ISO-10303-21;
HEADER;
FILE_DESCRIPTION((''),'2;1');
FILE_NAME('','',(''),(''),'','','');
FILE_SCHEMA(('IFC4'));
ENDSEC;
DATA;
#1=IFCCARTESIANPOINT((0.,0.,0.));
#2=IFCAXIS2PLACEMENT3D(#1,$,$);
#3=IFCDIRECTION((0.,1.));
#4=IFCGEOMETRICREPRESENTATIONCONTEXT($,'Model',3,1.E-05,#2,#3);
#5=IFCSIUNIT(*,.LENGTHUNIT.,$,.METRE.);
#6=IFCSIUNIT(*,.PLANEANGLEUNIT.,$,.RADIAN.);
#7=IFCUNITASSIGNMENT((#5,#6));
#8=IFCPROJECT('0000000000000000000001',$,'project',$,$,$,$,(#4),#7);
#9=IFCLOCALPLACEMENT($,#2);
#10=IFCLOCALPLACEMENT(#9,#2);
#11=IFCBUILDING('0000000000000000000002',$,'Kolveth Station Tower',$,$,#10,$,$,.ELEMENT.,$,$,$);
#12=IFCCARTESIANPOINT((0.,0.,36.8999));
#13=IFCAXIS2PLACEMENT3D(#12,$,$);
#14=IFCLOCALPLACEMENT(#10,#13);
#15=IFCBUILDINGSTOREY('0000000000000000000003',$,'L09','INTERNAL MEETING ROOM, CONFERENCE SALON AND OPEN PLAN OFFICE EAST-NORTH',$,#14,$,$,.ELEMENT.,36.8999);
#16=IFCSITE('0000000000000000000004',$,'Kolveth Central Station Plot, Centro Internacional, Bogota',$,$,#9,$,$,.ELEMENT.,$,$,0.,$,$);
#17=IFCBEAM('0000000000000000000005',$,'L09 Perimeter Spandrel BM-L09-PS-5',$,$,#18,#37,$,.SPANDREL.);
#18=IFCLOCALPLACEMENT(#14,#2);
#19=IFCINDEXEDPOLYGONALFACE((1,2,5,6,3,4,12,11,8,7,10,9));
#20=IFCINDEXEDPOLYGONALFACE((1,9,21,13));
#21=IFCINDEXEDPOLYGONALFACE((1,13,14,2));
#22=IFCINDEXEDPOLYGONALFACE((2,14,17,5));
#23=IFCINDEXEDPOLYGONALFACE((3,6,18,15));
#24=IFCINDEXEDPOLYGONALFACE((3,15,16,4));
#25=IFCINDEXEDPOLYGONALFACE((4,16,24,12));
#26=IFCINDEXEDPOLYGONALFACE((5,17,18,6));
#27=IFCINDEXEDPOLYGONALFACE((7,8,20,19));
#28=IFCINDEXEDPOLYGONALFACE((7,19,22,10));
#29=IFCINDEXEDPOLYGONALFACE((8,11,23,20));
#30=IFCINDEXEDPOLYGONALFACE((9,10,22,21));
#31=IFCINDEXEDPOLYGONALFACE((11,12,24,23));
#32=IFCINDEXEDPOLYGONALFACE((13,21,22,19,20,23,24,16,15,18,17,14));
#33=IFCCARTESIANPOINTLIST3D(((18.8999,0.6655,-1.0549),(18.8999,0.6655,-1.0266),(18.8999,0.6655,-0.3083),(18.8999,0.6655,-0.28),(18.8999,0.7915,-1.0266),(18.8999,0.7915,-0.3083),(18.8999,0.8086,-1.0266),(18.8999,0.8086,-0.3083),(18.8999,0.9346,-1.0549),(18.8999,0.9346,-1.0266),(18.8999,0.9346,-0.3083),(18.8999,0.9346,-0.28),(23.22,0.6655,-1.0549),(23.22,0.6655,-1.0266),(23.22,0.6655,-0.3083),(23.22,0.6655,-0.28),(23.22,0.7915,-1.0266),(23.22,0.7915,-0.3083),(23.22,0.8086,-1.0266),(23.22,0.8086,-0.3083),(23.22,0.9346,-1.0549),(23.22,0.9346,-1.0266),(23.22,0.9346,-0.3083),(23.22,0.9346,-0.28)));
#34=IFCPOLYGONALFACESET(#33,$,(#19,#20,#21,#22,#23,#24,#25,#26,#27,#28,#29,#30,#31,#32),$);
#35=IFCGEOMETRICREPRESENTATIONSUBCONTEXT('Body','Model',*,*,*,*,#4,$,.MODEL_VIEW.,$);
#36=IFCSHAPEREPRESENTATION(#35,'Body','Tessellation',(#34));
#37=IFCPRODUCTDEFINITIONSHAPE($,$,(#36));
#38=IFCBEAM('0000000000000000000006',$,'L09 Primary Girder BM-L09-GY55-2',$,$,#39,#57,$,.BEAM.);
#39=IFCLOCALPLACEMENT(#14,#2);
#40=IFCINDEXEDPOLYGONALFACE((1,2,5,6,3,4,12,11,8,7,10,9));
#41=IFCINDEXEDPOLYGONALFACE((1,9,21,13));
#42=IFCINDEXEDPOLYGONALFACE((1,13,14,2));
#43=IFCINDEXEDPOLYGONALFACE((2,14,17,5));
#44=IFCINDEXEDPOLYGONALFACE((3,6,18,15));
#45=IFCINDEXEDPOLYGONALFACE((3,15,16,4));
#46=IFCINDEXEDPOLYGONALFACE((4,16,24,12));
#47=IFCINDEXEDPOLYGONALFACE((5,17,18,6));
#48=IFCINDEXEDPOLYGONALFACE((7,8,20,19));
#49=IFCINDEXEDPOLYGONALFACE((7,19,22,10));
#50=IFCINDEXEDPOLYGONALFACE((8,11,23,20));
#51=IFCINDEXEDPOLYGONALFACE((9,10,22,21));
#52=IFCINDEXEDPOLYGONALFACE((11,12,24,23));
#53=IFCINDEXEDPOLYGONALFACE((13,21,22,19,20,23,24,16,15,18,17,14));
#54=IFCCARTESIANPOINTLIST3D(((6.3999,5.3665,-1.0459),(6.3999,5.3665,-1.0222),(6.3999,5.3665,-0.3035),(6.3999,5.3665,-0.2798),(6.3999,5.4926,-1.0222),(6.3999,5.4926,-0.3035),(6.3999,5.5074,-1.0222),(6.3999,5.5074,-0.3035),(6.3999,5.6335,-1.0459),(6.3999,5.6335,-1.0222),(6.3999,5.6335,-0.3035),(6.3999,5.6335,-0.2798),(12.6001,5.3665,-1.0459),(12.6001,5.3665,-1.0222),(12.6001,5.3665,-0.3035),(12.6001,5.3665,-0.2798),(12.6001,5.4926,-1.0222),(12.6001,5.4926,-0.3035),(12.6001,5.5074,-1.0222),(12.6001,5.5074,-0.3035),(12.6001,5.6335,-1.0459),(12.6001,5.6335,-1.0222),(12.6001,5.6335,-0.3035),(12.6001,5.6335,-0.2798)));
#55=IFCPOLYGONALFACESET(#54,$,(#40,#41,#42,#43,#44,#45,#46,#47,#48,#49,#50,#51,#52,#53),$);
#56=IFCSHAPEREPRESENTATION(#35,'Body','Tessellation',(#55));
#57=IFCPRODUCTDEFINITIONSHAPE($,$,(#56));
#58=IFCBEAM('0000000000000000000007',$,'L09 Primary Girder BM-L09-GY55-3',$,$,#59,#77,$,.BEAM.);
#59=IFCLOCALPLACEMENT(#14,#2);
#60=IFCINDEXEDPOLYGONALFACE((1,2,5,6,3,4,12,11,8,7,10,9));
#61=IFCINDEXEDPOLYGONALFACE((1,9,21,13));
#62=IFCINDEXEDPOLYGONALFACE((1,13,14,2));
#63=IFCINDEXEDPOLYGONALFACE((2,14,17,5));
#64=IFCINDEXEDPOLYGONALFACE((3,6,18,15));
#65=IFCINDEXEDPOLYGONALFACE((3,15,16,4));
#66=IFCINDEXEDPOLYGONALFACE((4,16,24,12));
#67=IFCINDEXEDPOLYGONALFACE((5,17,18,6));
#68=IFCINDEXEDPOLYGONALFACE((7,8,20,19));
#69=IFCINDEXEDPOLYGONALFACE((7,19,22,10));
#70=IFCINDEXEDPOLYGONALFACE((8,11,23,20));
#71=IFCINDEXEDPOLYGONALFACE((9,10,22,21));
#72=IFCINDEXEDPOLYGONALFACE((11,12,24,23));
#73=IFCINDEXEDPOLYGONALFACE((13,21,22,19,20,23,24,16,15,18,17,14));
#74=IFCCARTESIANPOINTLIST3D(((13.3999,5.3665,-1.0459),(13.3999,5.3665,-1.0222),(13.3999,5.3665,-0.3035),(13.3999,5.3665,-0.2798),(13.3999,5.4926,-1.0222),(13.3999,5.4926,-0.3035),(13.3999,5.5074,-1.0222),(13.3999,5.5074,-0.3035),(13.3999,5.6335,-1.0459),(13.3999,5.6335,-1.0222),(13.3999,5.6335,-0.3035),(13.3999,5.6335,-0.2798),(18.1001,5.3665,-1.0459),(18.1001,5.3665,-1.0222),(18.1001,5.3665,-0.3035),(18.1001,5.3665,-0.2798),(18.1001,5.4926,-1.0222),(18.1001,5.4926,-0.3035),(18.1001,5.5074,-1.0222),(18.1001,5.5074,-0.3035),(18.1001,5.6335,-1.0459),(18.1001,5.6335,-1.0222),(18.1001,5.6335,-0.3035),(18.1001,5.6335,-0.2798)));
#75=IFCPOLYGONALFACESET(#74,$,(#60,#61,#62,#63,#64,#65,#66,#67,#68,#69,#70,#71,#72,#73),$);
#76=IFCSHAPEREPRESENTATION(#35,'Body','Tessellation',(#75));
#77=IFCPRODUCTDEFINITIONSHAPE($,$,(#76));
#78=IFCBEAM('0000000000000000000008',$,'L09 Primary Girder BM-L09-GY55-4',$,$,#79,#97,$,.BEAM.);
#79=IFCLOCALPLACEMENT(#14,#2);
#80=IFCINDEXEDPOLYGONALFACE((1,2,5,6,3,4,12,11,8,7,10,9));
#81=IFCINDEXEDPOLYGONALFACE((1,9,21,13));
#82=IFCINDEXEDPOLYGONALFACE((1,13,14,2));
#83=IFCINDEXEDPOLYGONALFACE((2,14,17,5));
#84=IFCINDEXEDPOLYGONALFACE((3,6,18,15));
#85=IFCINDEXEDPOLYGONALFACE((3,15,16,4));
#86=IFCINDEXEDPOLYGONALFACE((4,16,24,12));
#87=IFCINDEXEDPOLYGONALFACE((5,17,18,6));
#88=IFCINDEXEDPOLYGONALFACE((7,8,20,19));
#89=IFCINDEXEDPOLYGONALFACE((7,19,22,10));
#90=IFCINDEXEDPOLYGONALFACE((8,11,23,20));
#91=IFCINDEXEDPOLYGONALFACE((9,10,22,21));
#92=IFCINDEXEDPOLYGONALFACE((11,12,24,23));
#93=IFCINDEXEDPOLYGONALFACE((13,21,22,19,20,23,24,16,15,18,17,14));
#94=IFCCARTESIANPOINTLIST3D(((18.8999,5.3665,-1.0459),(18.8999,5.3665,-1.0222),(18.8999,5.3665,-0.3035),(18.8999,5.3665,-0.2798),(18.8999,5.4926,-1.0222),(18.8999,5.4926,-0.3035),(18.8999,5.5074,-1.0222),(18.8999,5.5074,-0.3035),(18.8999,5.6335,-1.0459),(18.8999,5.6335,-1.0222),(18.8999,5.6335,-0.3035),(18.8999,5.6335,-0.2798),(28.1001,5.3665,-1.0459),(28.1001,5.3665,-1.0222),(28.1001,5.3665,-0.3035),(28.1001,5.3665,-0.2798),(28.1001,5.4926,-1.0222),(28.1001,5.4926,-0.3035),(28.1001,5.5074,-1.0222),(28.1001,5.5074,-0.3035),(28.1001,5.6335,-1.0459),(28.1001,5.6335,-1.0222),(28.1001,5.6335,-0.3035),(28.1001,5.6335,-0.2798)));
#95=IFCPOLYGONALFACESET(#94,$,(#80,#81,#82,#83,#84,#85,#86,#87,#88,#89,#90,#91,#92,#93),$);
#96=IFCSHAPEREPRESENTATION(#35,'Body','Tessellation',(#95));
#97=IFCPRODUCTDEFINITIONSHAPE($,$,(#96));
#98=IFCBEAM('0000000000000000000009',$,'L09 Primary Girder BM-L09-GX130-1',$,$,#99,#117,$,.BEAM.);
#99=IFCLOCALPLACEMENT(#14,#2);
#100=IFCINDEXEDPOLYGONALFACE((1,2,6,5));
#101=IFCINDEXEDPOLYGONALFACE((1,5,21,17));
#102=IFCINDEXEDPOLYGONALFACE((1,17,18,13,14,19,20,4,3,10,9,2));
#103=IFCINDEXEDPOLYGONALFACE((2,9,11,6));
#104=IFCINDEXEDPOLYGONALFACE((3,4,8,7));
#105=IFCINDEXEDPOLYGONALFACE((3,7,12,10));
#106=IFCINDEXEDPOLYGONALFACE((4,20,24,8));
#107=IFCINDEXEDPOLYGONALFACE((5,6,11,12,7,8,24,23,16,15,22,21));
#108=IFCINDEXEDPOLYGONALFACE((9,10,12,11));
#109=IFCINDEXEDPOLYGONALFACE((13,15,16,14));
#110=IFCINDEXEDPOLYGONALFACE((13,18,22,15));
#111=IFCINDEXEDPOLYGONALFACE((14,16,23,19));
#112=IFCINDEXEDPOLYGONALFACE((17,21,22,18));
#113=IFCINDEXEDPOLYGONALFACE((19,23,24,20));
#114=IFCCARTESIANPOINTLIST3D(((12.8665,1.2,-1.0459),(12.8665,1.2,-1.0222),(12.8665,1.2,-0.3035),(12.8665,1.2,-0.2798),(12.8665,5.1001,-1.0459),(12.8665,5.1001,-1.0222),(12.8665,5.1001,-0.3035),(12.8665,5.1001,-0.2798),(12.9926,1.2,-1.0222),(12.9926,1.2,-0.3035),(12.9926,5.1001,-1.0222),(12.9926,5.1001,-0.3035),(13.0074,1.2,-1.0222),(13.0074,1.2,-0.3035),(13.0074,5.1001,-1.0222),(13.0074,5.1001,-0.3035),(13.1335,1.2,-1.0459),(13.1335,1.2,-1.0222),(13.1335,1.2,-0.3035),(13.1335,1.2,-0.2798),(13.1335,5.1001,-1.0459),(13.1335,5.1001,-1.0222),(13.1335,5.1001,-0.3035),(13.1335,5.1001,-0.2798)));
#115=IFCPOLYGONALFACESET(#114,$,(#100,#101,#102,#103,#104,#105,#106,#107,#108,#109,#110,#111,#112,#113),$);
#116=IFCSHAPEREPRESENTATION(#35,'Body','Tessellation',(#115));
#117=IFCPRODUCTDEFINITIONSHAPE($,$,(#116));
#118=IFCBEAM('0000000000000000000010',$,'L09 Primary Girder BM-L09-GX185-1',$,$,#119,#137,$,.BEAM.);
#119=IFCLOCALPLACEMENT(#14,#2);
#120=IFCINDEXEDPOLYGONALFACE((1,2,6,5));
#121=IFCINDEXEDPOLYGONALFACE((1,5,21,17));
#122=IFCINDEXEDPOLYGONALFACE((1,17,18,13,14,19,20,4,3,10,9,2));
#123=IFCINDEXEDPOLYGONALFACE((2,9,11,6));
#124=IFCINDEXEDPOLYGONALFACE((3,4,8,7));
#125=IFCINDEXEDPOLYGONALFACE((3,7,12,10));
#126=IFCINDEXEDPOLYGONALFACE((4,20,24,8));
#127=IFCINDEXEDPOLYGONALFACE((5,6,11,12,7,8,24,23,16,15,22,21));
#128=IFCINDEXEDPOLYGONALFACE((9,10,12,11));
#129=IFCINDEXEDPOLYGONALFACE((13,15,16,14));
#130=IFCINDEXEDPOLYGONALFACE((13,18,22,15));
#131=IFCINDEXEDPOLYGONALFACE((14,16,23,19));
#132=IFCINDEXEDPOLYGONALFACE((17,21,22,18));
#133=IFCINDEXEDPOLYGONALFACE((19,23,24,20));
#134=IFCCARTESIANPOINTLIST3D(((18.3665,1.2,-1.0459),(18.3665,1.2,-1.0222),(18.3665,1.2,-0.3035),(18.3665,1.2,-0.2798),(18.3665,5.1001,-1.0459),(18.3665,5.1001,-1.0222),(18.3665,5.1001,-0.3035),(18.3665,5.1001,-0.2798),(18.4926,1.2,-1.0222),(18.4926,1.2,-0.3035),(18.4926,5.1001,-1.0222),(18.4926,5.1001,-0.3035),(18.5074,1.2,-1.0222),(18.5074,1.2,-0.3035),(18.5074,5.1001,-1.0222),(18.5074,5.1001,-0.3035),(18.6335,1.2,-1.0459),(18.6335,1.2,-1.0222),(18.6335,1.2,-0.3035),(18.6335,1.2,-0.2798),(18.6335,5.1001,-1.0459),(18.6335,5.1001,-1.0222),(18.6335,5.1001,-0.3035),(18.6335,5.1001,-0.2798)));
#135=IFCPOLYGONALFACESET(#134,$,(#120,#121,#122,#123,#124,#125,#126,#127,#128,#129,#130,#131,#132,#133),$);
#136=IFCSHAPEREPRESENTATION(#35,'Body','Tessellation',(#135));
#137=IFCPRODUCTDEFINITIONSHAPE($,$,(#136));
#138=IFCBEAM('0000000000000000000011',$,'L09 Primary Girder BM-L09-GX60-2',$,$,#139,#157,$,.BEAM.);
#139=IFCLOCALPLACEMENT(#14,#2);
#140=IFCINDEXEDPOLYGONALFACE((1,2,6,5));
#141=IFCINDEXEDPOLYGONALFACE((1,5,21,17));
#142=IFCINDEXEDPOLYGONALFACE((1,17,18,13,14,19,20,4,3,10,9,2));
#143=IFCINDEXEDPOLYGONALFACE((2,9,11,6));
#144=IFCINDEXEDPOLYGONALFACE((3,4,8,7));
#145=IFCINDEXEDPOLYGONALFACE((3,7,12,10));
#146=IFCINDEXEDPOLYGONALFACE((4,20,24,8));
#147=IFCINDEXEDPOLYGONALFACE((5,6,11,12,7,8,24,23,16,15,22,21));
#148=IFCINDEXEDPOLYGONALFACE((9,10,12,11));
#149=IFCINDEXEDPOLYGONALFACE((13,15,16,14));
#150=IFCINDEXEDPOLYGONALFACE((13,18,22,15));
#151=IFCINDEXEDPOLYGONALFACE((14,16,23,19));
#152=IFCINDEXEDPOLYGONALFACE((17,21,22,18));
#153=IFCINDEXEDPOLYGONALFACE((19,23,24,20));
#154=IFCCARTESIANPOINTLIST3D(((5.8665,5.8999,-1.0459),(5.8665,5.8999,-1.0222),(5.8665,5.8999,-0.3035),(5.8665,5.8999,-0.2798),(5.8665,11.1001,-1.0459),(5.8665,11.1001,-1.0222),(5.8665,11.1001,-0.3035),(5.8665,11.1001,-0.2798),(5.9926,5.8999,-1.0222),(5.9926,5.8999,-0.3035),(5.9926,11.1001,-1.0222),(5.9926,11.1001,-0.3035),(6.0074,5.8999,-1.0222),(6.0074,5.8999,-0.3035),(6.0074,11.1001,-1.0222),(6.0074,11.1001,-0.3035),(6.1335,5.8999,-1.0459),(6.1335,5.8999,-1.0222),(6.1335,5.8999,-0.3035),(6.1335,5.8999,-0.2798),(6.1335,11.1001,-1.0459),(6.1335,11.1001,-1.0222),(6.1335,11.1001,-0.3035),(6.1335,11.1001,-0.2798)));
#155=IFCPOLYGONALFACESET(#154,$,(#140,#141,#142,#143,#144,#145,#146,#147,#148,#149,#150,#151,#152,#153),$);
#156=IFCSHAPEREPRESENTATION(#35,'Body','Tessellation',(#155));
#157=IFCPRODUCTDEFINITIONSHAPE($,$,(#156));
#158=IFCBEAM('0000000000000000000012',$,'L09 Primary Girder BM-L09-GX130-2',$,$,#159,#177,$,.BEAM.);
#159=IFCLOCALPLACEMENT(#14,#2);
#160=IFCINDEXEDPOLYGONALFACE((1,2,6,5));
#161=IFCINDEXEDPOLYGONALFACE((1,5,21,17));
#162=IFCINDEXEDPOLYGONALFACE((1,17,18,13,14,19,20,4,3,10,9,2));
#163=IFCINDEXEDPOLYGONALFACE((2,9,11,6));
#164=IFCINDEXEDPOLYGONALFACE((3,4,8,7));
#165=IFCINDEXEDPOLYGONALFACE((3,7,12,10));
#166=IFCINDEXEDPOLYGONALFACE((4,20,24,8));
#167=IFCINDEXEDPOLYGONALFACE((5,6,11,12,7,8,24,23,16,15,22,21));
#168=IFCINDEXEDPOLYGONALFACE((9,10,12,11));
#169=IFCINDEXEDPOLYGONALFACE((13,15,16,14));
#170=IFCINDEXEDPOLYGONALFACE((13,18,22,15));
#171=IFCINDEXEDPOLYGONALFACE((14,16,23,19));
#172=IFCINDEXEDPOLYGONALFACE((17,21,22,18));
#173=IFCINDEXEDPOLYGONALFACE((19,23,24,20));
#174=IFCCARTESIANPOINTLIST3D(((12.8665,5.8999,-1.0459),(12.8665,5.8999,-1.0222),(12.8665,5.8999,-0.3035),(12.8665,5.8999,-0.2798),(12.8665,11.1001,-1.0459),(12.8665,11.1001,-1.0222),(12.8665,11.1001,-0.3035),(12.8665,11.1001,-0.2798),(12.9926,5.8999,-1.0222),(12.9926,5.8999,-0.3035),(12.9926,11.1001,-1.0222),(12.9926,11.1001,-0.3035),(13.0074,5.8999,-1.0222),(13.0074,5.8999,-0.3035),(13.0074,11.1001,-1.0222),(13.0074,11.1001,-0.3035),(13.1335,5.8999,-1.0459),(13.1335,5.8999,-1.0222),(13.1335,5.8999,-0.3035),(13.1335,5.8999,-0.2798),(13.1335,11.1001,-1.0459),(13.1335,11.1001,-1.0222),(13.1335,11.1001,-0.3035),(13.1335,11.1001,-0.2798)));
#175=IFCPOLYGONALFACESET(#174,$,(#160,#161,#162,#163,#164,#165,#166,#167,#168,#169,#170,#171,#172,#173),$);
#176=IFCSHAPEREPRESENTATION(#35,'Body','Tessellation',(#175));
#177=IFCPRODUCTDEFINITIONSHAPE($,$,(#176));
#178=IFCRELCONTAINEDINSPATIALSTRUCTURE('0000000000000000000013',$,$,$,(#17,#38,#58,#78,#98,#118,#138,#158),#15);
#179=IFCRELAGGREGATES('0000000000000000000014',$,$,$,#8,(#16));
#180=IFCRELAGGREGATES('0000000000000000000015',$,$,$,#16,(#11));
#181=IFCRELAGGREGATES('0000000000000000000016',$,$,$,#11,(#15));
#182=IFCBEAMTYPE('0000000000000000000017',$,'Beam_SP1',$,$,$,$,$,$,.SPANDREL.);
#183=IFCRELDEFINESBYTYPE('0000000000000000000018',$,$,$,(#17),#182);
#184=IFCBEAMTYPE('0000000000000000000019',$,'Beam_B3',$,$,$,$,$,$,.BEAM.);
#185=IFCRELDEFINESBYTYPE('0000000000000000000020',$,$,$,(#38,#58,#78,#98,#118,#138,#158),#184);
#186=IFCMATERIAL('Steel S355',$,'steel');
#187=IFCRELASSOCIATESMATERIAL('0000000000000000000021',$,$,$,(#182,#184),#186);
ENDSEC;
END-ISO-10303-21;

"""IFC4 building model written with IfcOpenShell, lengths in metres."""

from ifc_helpers import new_model, si_unit, direction, frame, origin, origin_2d, place, context, subcontext, project, spatial, i_section, extrude, source, transform, mapped, material, material_profile, profile_set, type_object, element, save


model = new_model("IFC4")

# Units and contexts
model_context = context("Model", 3, precision=1e-05, world=origin(), true_north=direction((0.0, 1.0)))
body_context = subcontext(model_context, "Body", "Model", "MODEL_VIEW")
ifc_project = project(units=[si_unit("LENGTHUNIT", "METRE"), si_unit("PLANEANGLEUNIT", "RADIAN")], contexts=[model_context])

# Site, building, storey
site_placement = place(None, origin())
site = spatial("IfcSite", under=ifc_project, at=site_placement, Name="Kolveth Central Station Plot, Centro Internacional, Bogota", CompositionType="ELEMENT", RefElevation=0.0)
building_placement = place(site_placement, origin())
building = spatial("IfcBuilding", under=site, at=building_placement, Name="Kolveth Station Tower", CompositionType="ELEMENT")
storey_placement = place(building_placement, frame((0.0, 0.0, 36.8999)))
storey = spatial("IfcBuildingStorey", under=building, at=storey_placement, Name="L09", Description="INTERNAL MEETING ROOM, CONFERENCE SALON AND OPEN PLAN OFFICE EAST-NORTH", CompositionType="ELEMENT", Elevation=36.8999)

# Shared definitions
ifc_material_1 = material(Name="Steel S355", Category="steel")

# Beams
ifc_material_profile_1 = material_profile(ifc_material_1, i_section(OverallWidth=0.269, OverallDepth=0.7749, WebThickness=0.0171, FlangeThickness=0.0283, at=origin_2d()), Name="W760x220")
ifc_profile_set_1 = profile_set([ifc_material_profile_1], Name="Steel S355")
beam_type_1 = type_object("IfcBeamType", Name="Beam_SP1", PredefinedType="SPANDREL", material=ifc_profile_set_1)
shared_shape_1 = source(origin(), body_context, "Body", "SweptSolid", [
    extrude(i_section(OverallWidth=0.269, OverallDepth=0.7749, WebThickness=0.0171, FlangeThickness=0.0283, at=origin_2d()), origin(), (0.0, 0.0, 1.0), 4.3201),
])
beam_1_placement = place(storey_placement, frame((18.8999, 0.8, -0.6675), z_axis=(1.0, 0.0, 0.0), x_axis=(0.0, 1.0, 0.0)))
element("IfcBeam", 1, at=beam_1_placement, inside=storey, type_object=beam_type_1, Name="L09 Perimeter Spandrel BM-L09-PS-5", PredefinedType="SPANDREL", context=body_context, shape_type="MappedRepresentation", body=[
    mapped(shared_shape_1, transform((0.0, 0.0, 0.0), x_axis=(1.0, 0.0, 0.0), y_axis=(0.0, 1.0, 0.0), z_axis=(0.0, 0.0, 1.0), scale=1.0)),
])
ifc_material_profile_2 = material_profile(ifc_material_1, i_section(OverallWidth=0.2671, OverallDepth=0.7661, WebThickness=0.0149, FlangeThickness=0.0237, at=origin_2d()), Name="W760x185")
ifc_profile_set_2 = profile_set([ifc_material_profile_2], Name="Steel S355")
beam_type_2 = type_object("IfcBeamType", Name="Beam_B3", PredefinedType="BEAM", material=ifc_profile_set_2)
shared_shape_2 = source(origin(), body_context, "Body", "SweptSolid", [
    extrude(i_section(OverallWidth=0.2671, OverallDepth=0.7661, WebThickness=0.0149, FlangeThickness=0.0237, at=origin_2d()), origin(), (0.0, 0.0, 1.0), 6.2002),
])
beam_2_placement = place(storey_placement, frame((6.3999, 5.5, -0.6628), z_axis=(1.0, 0.0, 0.0), x_axis=(0.0, 1.0, 0.0)))
element("IfcBeam", 2, at=beam_2_placement, inside=storey, type_object=beam_type_2, Name="L09 Primary Girder BM-L09-GY55-2", PredefinedType="BEAM", context=body_context, shape_type="MappedRepresentation", body=[
    mapped(shared_shape_2, transform((0.0, 0.0, 0.0), x_axis=(1.0, 0.0, 0.0), y_axis=(0.0, 1.0, 0.0), z_axis=(0.0, 0.0, 1.0), scale=1.0)),
])
shared_shape_3 = source(origin(), body_context, "Body", "SweptSolid", [
    extrude(i_section(OverallWidth=0.2671, OverallDepth=0.7661, WebThickness=0.0149, FlangeThickness=0.0237, at=origin_2d()), origin(), (0.0, 0.0, 1.0), 4.7002),
])
beam_3_placement = place(storey_placement, frame((13.3999, 5.5, -0.6628), z_axis=(1.0, 0.0, 0.0), x_axis=(0.0, 1.0, 0.0)))
element("IfcBeam", 3, at=beam_3_placement, inside=storey, type_object=beam_type_2, Name="L09 Primary Girder BM-L09-GY55-3", PredefinedType="BEAM", context=body_context, shape_type="MappedRepresentation", body=[
    mapped(shared_shape_3, transform((0.0, 0.0, 0.0), x_axis=(1.0, 0.0, 0.0), y_axis=(0.0, 1.0, 0.0), z_axis=(0.0, 0.0, 1.0), scale=1.0)),
])
shared_shape_4 = source(origin(), body_context, "Body", "SweptSolid", [
    extrude(i_section(OverallWidth=0.2671, OverallDepth=0.7661, WebThickness=0.0149, FlangeThickness=0.0237, at=origin_2d()), origin(), (0.0, 0.0, 1.0), 9.2002),
])
beam_4_placement = place(storey_placement, frame((18.8999, 5.5, -0.6628), z_axis=(1.0, 0.0, 0.0), x_axis=(0.0, 1.0, 0.0)))
element("IfcBeam", 4, at=beam_4_placement, inside=storey, type_object=beam_type_2, Name="L09 Primary Girder BM-L09-GY55-4", PredefinedType="BEAM", context=body_context, shape_type="MappedRepresentation", body=[
    mapped(shared_shape_4, transform((0.0, 0.0, 0.0), x_axis=(1.0, 0.0, 0.0), y_axis=(0.0, 1.0, 0.0), z_axis=(0.0, 0.0, 1.0), scale=1.0)),
])
shared_shape_5 = source(origin(), body_context, "Body", "SweptSolid", [
    extrude(i_section(OverallWidth=0.2671, OverallDepth=0.7661, WebThickness=0.0149, FlangeThickness=0.0237, at=origin_2d()), origin(), (0.0, 0.0, 1.0), 3.9001),
])
for number, where, z_axis, x_axis, name in (
    (5, (13.0, 1.2, -0.6628), (0.0, 1.0, 0.0), (-1.0, 0.0, 0.0), "L09 Primary Girder BM-L09-GX130-1"),
    (6, (18.5, 1.2, -0.6628), (0.0, 1.0, 0.0), (-1.0, 0.0, 0.0), "L09 Primary Girder BM-L09-GX185-1"),
):
    element("IfcBeam", number, at=place(storey_placement, frame(where, z_axis=z_axis, x_axis=x_axis)), inside=storey, type_object=beam_type_2, Name=name, PredefinedType="BEAM", context=body_context, shape_type="MappedRepresentation", body=[
        mapped(shared_shape_5, transform((0.0, 0.0, 0.0), x_axis=(1.0, 0.0, 0.0), y_axis=(0.0, 1.0, 0.0), z_axis=(0.0, 0.0, 1.0), scale=1.0)),
    ])
shared_shape_6 = source(origin(), body_context, "Body", "SweptSolid", [
    extrude(i_section(OverallWidth=0.2671, OverallDepth=0.7661, WebThickness=0.0149, FlangeThickness=0.0237, at=origin_2d()), origin(), (0.0, 0.0, 1.0), 5.2002),
])
for number, where, z_axis, x_axis, name in (
    (7, (6.0, 5.8999, -0.6628), (0.0, 1.0, 0.0), (-1.0, 0.0, 0.0), "L09 Primary Girder BM-L09-GX60-2"),
    (8, (13.0, 5.8999, -0.6628), (0.0, 1.0, 0.0), (-1.0, 0.0, 0.0), "L09 Primary Girder BM-L09-GX130-2"),
):
    element("IfcBeam", number, at=place(storey_placement, frame(where, z_axis=z_axis, x_axis=x_axis)), inside=storey, type_object=beam_type_2, Name=name, PredefinedType="BEAM", context=body_context, shape_type="MappedRepresentation", body=[
        mapped(shared_shape_6, transform((0.0, 0.0, 0.0), x_axis=(1.0, 0.0, 0.0), y_axis=(0.0, 1.0, 0.0), z_axis=(0.0, 0.0, 1.0), scale=1.0)),
    ])

save(model, "model.ifc")
